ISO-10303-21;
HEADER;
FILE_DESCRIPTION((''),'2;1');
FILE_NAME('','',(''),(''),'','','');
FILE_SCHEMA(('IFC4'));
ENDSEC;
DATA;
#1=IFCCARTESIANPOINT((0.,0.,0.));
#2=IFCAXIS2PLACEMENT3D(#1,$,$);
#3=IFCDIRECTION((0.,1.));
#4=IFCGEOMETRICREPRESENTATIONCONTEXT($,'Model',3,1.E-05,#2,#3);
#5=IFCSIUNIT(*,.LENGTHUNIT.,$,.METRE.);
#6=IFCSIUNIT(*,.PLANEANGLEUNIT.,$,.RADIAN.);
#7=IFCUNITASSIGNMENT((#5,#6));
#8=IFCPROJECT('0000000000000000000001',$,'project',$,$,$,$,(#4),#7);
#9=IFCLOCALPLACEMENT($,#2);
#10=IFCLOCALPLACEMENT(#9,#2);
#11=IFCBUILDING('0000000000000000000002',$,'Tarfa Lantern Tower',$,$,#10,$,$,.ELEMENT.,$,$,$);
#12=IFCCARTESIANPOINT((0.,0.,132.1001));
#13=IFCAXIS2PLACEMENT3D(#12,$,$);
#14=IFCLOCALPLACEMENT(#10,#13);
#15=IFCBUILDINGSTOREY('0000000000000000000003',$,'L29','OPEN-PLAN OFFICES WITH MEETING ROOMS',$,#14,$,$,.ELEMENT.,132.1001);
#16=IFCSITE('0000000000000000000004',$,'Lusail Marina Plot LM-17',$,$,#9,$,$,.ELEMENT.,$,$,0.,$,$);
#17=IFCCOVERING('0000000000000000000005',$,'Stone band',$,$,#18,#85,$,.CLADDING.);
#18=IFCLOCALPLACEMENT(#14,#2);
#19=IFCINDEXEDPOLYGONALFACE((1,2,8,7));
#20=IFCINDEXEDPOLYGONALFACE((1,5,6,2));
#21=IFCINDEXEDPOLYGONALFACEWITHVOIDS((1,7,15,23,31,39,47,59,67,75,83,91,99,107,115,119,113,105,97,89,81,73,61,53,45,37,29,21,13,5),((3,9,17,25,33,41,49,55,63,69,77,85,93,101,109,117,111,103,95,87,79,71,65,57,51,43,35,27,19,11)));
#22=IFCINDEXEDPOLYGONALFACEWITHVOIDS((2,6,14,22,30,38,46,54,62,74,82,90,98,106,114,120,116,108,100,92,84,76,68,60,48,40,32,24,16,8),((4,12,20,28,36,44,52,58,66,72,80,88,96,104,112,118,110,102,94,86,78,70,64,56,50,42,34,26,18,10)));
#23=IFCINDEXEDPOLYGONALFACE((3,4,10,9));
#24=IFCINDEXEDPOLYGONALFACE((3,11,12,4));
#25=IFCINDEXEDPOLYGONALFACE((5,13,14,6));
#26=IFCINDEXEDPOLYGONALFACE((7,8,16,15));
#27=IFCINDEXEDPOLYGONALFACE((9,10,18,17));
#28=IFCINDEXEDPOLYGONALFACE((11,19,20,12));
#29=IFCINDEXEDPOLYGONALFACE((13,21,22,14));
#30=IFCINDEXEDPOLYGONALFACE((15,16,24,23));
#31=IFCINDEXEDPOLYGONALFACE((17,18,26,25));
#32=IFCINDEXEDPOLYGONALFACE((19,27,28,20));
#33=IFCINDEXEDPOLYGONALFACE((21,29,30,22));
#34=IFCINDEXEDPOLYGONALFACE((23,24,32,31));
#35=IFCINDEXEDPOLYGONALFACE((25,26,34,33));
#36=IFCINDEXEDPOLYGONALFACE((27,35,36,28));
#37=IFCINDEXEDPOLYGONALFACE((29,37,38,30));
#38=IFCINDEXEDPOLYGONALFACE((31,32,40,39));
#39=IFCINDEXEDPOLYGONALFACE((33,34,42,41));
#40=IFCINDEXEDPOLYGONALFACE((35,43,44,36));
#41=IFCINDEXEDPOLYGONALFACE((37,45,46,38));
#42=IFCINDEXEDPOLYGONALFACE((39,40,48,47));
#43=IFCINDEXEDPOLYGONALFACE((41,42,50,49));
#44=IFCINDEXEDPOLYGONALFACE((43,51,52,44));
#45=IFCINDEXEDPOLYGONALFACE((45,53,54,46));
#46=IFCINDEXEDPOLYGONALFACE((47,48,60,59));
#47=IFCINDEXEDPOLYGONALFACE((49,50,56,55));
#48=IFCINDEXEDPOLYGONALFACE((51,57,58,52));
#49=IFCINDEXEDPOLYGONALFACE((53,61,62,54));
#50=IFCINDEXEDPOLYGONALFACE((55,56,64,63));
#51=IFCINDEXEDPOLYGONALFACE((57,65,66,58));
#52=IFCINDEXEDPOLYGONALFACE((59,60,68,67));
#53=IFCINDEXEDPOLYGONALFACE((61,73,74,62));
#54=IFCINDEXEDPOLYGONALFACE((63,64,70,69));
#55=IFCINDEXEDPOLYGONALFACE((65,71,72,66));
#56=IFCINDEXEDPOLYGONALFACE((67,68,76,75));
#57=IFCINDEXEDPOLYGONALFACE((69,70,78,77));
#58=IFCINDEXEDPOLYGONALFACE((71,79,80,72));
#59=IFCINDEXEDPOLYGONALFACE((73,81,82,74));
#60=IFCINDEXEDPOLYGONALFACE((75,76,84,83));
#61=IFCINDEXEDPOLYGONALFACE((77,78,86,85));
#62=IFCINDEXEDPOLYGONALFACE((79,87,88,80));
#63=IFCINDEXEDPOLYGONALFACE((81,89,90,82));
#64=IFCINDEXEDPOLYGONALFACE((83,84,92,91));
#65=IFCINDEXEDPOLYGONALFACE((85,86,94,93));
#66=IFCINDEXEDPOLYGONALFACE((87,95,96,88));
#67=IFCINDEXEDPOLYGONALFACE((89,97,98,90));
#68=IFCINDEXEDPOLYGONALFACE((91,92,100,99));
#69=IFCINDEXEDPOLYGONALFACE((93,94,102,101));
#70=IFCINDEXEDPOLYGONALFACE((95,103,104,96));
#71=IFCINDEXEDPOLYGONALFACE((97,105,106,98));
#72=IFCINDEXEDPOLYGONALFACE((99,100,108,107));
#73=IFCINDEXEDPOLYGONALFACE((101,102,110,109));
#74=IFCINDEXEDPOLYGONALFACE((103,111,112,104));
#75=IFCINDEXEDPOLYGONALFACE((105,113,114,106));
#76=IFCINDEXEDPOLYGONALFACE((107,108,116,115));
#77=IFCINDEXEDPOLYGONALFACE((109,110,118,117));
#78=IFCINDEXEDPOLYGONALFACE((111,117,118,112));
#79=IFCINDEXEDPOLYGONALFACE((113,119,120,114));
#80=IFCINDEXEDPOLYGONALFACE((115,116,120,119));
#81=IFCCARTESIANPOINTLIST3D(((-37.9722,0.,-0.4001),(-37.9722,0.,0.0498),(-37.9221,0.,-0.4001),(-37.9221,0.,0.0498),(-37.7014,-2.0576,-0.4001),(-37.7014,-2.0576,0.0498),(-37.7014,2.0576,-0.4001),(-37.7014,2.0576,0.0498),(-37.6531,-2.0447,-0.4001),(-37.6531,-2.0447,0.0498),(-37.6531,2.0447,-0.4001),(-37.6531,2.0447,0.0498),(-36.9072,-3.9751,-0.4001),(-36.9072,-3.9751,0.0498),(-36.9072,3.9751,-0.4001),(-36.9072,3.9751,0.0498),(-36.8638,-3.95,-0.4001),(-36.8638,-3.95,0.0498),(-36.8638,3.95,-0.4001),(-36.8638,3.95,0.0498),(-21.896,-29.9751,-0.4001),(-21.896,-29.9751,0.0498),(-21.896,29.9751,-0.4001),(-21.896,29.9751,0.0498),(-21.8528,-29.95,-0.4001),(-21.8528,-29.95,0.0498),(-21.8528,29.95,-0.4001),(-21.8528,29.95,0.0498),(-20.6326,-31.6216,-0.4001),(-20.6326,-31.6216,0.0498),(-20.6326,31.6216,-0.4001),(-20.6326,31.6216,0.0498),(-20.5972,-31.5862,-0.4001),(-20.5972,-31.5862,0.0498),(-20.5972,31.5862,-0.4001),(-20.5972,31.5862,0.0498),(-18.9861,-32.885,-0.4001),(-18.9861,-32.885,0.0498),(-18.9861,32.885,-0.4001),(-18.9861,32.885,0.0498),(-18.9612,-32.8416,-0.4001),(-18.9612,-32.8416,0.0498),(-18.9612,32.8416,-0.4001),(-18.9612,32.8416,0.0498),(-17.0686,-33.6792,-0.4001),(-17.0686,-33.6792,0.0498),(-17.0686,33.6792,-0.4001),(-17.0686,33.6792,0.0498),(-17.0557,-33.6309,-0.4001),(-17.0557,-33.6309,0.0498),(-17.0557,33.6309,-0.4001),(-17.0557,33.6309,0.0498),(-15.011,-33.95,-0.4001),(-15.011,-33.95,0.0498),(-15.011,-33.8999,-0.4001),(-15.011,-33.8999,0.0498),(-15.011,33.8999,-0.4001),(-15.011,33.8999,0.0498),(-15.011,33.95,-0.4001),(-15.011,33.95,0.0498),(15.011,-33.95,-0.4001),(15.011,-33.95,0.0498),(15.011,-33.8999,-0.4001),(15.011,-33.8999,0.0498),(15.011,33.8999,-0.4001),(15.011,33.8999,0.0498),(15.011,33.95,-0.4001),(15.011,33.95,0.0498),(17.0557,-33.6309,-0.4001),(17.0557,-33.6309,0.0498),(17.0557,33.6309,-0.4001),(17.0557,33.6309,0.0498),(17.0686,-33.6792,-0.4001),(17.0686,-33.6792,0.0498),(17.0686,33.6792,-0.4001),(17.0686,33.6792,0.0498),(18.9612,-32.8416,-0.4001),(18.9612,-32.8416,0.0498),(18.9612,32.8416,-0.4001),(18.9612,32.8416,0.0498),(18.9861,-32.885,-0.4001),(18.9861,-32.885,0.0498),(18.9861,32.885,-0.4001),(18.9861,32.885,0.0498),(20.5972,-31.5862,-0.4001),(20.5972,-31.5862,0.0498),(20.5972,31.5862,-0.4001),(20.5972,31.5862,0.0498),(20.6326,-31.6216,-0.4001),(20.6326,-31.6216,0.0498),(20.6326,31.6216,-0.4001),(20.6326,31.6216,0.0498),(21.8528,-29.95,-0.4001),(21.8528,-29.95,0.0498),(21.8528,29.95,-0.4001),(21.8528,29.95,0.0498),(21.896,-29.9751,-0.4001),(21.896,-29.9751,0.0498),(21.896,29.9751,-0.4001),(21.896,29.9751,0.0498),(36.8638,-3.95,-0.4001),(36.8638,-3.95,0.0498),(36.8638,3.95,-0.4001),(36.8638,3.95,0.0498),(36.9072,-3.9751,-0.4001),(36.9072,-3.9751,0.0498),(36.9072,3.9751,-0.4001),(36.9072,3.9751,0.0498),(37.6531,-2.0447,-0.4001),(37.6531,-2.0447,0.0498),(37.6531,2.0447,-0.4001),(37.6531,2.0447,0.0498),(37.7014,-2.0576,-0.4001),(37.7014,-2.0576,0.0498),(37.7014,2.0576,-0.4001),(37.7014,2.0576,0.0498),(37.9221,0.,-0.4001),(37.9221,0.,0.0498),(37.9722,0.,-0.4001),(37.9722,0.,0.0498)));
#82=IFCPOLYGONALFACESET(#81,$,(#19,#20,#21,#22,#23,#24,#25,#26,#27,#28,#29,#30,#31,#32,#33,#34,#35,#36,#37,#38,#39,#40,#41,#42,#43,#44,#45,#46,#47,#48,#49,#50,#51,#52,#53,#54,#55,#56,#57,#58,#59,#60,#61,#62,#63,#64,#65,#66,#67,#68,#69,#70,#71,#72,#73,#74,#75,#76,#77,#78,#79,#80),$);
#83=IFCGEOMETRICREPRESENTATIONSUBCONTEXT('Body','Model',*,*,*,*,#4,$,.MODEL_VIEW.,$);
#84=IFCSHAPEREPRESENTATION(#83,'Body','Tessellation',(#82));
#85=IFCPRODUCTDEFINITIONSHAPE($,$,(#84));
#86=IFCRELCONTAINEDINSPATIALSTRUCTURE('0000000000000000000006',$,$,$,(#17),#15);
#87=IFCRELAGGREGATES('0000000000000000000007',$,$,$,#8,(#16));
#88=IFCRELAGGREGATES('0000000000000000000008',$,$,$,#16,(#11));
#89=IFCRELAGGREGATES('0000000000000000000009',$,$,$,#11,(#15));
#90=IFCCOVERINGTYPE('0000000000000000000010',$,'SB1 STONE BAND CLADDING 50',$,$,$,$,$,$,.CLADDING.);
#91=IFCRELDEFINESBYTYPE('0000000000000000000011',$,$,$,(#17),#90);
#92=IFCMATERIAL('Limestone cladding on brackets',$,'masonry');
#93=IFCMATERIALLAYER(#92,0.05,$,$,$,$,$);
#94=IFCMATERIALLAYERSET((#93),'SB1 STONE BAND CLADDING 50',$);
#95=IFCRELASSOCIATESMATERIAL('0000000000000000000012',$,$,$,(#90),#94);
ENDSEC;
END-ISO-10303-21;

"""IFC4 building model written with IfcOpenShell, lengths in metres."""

from ifc_helpers import new_model, si_unit, direction, frame, origin, place, context, subcontext, project, spatial, polyline, outline, extrude, material, layer, layer_set, type_object, element, save


model = new_model("IFC4")

# Units and contexts
model_context = context("Model", 3, precision=1e-05, world=origin(), true_north=direction((0.0, 1.0)))
body_context = subcontext(model_context, "Body", "Model", "MODEL_VIEW")
ifc_project = project(units=[si_unit("LENGTHUNIT", "METRE"), si_unit("PLANEANGLEUNIT", "RADIAN")], contexts=[model_context])

# Site, building, storey
site_placement = place(None, origin())
site = spatial("IfcSite", under=ifc_project, at=site_placement, Name="Lusail Marina Plot LM-17", CompositionType="ELEMENT", RefElevation=0.0)
building_placement = place(site_placement, origin())
building = spatial("IfcBuilding", under=site, at=building_placement, Name="Tarfa Lantern Tower", CompositionType="ELEMENT")
storey_placement = place(building_placement, frame((0.0, 0.0, 132.1001)))
storey = spatial("IfcBuildingStorey", under=building, at=storey_placement, Name="L29", Description="OPEN-PLAN OFFICES WITH MEETING ROOMS", CompositionType="ELEMENT", Elevation=132.1001)

# Covering
ifc_material_1 = material(Name="Limestone cladding on brackets", Category="masonry")
ifc_layer_1 = layer(ifc_material_1, 0.05)
ifc_layer_set_1 = layer_set([ifc_layer_1], Name="SB1 STONE BAND CLADDING 50")
covering_type_1 = type_object("IfcCoveringType", Name="SB1 STONE BAND CLADDING 50", PredefinedType="CLADDING", material=ifc_layer_set_1)
covering_1_placement = place(storey_placement, frame((0.0, 0.0, -0.4001)))
element("IfcCovering", 1, at=covering_1_placement, inside=storey, type_object=covering_type_1, Name="Stone band", PredefinedType="CLADDING", context=body_context, shape_type="SweptSolid", body=[
    extrude(outline(polyline([(36.9072, 3.9751), (21.896, 29.9751), (20.6326, 31.6216), (18.9861, 32.885), (17.0686, 33.6792), (15.011, 33.95), (-15.011, 33.95), (-17.0686, 33.6792), (-18.9861, 32.885), (-20.6326, 31.6216), (-21.896, 29.9751), (-36.9072, 3.9751), (-37.7014, 2.0576), (-37.9722, 0.0), (-37.7014, -2.0576), (-36.9072, -3.9751), (-21.896, -29.9751), (-20.6326, -31.6216), (-18.9861, -32.885), (-17.0686, -33.6792), (-15.011, -33.95), (15.011, -33.95), (17.0686, -33.6792), (18.9861, -32.885), (20.6326, -31.6216), (21.896, -29.9751), (36.9072, -3.9751), (37.7014, -2.0576), (37.9722, 0.0), (37.7014, 2.0576), (36.9072, 3.9751)]), holes=[polyline([(36.8638, 3.95), (21.8528, 29.95), (20.5972, 31.5862), (18.9612, 32.8416), (17.0557, 33.6309), (15.011, 33.8999), (-15.011, 33.8999), (-17.0557, 33.6309), (-18.9612, 32.8416), (-20.5972, 31.5862), (-21.8528, 29.95), (-36.8638, 3.95), (-37.6531, 2.0447), (-37.9221, 0.0), (-37.6531, -2.0447), (-36.8638, -3.95), (-21.8528, -29.95), (-20.5972, -31.5862), (-18.9612, -32.8416), (-17.0557, -33.6309), (-15.011, -33.8999), (15.011, -33.8999), (17.0557, -33.6309), (18.9612, -32.8416), (20.5972, -31.5862), (21.8528, -29.95), (36.8638, -3.95), (37.6531, -2.0447), (37.9221, 0.0), (37.6531, 2.0447), (36.8638, 3.95)])]), origin(), (0.0, 0.0, 1.0), 0.45),
])

save(model, "model.ifc")
